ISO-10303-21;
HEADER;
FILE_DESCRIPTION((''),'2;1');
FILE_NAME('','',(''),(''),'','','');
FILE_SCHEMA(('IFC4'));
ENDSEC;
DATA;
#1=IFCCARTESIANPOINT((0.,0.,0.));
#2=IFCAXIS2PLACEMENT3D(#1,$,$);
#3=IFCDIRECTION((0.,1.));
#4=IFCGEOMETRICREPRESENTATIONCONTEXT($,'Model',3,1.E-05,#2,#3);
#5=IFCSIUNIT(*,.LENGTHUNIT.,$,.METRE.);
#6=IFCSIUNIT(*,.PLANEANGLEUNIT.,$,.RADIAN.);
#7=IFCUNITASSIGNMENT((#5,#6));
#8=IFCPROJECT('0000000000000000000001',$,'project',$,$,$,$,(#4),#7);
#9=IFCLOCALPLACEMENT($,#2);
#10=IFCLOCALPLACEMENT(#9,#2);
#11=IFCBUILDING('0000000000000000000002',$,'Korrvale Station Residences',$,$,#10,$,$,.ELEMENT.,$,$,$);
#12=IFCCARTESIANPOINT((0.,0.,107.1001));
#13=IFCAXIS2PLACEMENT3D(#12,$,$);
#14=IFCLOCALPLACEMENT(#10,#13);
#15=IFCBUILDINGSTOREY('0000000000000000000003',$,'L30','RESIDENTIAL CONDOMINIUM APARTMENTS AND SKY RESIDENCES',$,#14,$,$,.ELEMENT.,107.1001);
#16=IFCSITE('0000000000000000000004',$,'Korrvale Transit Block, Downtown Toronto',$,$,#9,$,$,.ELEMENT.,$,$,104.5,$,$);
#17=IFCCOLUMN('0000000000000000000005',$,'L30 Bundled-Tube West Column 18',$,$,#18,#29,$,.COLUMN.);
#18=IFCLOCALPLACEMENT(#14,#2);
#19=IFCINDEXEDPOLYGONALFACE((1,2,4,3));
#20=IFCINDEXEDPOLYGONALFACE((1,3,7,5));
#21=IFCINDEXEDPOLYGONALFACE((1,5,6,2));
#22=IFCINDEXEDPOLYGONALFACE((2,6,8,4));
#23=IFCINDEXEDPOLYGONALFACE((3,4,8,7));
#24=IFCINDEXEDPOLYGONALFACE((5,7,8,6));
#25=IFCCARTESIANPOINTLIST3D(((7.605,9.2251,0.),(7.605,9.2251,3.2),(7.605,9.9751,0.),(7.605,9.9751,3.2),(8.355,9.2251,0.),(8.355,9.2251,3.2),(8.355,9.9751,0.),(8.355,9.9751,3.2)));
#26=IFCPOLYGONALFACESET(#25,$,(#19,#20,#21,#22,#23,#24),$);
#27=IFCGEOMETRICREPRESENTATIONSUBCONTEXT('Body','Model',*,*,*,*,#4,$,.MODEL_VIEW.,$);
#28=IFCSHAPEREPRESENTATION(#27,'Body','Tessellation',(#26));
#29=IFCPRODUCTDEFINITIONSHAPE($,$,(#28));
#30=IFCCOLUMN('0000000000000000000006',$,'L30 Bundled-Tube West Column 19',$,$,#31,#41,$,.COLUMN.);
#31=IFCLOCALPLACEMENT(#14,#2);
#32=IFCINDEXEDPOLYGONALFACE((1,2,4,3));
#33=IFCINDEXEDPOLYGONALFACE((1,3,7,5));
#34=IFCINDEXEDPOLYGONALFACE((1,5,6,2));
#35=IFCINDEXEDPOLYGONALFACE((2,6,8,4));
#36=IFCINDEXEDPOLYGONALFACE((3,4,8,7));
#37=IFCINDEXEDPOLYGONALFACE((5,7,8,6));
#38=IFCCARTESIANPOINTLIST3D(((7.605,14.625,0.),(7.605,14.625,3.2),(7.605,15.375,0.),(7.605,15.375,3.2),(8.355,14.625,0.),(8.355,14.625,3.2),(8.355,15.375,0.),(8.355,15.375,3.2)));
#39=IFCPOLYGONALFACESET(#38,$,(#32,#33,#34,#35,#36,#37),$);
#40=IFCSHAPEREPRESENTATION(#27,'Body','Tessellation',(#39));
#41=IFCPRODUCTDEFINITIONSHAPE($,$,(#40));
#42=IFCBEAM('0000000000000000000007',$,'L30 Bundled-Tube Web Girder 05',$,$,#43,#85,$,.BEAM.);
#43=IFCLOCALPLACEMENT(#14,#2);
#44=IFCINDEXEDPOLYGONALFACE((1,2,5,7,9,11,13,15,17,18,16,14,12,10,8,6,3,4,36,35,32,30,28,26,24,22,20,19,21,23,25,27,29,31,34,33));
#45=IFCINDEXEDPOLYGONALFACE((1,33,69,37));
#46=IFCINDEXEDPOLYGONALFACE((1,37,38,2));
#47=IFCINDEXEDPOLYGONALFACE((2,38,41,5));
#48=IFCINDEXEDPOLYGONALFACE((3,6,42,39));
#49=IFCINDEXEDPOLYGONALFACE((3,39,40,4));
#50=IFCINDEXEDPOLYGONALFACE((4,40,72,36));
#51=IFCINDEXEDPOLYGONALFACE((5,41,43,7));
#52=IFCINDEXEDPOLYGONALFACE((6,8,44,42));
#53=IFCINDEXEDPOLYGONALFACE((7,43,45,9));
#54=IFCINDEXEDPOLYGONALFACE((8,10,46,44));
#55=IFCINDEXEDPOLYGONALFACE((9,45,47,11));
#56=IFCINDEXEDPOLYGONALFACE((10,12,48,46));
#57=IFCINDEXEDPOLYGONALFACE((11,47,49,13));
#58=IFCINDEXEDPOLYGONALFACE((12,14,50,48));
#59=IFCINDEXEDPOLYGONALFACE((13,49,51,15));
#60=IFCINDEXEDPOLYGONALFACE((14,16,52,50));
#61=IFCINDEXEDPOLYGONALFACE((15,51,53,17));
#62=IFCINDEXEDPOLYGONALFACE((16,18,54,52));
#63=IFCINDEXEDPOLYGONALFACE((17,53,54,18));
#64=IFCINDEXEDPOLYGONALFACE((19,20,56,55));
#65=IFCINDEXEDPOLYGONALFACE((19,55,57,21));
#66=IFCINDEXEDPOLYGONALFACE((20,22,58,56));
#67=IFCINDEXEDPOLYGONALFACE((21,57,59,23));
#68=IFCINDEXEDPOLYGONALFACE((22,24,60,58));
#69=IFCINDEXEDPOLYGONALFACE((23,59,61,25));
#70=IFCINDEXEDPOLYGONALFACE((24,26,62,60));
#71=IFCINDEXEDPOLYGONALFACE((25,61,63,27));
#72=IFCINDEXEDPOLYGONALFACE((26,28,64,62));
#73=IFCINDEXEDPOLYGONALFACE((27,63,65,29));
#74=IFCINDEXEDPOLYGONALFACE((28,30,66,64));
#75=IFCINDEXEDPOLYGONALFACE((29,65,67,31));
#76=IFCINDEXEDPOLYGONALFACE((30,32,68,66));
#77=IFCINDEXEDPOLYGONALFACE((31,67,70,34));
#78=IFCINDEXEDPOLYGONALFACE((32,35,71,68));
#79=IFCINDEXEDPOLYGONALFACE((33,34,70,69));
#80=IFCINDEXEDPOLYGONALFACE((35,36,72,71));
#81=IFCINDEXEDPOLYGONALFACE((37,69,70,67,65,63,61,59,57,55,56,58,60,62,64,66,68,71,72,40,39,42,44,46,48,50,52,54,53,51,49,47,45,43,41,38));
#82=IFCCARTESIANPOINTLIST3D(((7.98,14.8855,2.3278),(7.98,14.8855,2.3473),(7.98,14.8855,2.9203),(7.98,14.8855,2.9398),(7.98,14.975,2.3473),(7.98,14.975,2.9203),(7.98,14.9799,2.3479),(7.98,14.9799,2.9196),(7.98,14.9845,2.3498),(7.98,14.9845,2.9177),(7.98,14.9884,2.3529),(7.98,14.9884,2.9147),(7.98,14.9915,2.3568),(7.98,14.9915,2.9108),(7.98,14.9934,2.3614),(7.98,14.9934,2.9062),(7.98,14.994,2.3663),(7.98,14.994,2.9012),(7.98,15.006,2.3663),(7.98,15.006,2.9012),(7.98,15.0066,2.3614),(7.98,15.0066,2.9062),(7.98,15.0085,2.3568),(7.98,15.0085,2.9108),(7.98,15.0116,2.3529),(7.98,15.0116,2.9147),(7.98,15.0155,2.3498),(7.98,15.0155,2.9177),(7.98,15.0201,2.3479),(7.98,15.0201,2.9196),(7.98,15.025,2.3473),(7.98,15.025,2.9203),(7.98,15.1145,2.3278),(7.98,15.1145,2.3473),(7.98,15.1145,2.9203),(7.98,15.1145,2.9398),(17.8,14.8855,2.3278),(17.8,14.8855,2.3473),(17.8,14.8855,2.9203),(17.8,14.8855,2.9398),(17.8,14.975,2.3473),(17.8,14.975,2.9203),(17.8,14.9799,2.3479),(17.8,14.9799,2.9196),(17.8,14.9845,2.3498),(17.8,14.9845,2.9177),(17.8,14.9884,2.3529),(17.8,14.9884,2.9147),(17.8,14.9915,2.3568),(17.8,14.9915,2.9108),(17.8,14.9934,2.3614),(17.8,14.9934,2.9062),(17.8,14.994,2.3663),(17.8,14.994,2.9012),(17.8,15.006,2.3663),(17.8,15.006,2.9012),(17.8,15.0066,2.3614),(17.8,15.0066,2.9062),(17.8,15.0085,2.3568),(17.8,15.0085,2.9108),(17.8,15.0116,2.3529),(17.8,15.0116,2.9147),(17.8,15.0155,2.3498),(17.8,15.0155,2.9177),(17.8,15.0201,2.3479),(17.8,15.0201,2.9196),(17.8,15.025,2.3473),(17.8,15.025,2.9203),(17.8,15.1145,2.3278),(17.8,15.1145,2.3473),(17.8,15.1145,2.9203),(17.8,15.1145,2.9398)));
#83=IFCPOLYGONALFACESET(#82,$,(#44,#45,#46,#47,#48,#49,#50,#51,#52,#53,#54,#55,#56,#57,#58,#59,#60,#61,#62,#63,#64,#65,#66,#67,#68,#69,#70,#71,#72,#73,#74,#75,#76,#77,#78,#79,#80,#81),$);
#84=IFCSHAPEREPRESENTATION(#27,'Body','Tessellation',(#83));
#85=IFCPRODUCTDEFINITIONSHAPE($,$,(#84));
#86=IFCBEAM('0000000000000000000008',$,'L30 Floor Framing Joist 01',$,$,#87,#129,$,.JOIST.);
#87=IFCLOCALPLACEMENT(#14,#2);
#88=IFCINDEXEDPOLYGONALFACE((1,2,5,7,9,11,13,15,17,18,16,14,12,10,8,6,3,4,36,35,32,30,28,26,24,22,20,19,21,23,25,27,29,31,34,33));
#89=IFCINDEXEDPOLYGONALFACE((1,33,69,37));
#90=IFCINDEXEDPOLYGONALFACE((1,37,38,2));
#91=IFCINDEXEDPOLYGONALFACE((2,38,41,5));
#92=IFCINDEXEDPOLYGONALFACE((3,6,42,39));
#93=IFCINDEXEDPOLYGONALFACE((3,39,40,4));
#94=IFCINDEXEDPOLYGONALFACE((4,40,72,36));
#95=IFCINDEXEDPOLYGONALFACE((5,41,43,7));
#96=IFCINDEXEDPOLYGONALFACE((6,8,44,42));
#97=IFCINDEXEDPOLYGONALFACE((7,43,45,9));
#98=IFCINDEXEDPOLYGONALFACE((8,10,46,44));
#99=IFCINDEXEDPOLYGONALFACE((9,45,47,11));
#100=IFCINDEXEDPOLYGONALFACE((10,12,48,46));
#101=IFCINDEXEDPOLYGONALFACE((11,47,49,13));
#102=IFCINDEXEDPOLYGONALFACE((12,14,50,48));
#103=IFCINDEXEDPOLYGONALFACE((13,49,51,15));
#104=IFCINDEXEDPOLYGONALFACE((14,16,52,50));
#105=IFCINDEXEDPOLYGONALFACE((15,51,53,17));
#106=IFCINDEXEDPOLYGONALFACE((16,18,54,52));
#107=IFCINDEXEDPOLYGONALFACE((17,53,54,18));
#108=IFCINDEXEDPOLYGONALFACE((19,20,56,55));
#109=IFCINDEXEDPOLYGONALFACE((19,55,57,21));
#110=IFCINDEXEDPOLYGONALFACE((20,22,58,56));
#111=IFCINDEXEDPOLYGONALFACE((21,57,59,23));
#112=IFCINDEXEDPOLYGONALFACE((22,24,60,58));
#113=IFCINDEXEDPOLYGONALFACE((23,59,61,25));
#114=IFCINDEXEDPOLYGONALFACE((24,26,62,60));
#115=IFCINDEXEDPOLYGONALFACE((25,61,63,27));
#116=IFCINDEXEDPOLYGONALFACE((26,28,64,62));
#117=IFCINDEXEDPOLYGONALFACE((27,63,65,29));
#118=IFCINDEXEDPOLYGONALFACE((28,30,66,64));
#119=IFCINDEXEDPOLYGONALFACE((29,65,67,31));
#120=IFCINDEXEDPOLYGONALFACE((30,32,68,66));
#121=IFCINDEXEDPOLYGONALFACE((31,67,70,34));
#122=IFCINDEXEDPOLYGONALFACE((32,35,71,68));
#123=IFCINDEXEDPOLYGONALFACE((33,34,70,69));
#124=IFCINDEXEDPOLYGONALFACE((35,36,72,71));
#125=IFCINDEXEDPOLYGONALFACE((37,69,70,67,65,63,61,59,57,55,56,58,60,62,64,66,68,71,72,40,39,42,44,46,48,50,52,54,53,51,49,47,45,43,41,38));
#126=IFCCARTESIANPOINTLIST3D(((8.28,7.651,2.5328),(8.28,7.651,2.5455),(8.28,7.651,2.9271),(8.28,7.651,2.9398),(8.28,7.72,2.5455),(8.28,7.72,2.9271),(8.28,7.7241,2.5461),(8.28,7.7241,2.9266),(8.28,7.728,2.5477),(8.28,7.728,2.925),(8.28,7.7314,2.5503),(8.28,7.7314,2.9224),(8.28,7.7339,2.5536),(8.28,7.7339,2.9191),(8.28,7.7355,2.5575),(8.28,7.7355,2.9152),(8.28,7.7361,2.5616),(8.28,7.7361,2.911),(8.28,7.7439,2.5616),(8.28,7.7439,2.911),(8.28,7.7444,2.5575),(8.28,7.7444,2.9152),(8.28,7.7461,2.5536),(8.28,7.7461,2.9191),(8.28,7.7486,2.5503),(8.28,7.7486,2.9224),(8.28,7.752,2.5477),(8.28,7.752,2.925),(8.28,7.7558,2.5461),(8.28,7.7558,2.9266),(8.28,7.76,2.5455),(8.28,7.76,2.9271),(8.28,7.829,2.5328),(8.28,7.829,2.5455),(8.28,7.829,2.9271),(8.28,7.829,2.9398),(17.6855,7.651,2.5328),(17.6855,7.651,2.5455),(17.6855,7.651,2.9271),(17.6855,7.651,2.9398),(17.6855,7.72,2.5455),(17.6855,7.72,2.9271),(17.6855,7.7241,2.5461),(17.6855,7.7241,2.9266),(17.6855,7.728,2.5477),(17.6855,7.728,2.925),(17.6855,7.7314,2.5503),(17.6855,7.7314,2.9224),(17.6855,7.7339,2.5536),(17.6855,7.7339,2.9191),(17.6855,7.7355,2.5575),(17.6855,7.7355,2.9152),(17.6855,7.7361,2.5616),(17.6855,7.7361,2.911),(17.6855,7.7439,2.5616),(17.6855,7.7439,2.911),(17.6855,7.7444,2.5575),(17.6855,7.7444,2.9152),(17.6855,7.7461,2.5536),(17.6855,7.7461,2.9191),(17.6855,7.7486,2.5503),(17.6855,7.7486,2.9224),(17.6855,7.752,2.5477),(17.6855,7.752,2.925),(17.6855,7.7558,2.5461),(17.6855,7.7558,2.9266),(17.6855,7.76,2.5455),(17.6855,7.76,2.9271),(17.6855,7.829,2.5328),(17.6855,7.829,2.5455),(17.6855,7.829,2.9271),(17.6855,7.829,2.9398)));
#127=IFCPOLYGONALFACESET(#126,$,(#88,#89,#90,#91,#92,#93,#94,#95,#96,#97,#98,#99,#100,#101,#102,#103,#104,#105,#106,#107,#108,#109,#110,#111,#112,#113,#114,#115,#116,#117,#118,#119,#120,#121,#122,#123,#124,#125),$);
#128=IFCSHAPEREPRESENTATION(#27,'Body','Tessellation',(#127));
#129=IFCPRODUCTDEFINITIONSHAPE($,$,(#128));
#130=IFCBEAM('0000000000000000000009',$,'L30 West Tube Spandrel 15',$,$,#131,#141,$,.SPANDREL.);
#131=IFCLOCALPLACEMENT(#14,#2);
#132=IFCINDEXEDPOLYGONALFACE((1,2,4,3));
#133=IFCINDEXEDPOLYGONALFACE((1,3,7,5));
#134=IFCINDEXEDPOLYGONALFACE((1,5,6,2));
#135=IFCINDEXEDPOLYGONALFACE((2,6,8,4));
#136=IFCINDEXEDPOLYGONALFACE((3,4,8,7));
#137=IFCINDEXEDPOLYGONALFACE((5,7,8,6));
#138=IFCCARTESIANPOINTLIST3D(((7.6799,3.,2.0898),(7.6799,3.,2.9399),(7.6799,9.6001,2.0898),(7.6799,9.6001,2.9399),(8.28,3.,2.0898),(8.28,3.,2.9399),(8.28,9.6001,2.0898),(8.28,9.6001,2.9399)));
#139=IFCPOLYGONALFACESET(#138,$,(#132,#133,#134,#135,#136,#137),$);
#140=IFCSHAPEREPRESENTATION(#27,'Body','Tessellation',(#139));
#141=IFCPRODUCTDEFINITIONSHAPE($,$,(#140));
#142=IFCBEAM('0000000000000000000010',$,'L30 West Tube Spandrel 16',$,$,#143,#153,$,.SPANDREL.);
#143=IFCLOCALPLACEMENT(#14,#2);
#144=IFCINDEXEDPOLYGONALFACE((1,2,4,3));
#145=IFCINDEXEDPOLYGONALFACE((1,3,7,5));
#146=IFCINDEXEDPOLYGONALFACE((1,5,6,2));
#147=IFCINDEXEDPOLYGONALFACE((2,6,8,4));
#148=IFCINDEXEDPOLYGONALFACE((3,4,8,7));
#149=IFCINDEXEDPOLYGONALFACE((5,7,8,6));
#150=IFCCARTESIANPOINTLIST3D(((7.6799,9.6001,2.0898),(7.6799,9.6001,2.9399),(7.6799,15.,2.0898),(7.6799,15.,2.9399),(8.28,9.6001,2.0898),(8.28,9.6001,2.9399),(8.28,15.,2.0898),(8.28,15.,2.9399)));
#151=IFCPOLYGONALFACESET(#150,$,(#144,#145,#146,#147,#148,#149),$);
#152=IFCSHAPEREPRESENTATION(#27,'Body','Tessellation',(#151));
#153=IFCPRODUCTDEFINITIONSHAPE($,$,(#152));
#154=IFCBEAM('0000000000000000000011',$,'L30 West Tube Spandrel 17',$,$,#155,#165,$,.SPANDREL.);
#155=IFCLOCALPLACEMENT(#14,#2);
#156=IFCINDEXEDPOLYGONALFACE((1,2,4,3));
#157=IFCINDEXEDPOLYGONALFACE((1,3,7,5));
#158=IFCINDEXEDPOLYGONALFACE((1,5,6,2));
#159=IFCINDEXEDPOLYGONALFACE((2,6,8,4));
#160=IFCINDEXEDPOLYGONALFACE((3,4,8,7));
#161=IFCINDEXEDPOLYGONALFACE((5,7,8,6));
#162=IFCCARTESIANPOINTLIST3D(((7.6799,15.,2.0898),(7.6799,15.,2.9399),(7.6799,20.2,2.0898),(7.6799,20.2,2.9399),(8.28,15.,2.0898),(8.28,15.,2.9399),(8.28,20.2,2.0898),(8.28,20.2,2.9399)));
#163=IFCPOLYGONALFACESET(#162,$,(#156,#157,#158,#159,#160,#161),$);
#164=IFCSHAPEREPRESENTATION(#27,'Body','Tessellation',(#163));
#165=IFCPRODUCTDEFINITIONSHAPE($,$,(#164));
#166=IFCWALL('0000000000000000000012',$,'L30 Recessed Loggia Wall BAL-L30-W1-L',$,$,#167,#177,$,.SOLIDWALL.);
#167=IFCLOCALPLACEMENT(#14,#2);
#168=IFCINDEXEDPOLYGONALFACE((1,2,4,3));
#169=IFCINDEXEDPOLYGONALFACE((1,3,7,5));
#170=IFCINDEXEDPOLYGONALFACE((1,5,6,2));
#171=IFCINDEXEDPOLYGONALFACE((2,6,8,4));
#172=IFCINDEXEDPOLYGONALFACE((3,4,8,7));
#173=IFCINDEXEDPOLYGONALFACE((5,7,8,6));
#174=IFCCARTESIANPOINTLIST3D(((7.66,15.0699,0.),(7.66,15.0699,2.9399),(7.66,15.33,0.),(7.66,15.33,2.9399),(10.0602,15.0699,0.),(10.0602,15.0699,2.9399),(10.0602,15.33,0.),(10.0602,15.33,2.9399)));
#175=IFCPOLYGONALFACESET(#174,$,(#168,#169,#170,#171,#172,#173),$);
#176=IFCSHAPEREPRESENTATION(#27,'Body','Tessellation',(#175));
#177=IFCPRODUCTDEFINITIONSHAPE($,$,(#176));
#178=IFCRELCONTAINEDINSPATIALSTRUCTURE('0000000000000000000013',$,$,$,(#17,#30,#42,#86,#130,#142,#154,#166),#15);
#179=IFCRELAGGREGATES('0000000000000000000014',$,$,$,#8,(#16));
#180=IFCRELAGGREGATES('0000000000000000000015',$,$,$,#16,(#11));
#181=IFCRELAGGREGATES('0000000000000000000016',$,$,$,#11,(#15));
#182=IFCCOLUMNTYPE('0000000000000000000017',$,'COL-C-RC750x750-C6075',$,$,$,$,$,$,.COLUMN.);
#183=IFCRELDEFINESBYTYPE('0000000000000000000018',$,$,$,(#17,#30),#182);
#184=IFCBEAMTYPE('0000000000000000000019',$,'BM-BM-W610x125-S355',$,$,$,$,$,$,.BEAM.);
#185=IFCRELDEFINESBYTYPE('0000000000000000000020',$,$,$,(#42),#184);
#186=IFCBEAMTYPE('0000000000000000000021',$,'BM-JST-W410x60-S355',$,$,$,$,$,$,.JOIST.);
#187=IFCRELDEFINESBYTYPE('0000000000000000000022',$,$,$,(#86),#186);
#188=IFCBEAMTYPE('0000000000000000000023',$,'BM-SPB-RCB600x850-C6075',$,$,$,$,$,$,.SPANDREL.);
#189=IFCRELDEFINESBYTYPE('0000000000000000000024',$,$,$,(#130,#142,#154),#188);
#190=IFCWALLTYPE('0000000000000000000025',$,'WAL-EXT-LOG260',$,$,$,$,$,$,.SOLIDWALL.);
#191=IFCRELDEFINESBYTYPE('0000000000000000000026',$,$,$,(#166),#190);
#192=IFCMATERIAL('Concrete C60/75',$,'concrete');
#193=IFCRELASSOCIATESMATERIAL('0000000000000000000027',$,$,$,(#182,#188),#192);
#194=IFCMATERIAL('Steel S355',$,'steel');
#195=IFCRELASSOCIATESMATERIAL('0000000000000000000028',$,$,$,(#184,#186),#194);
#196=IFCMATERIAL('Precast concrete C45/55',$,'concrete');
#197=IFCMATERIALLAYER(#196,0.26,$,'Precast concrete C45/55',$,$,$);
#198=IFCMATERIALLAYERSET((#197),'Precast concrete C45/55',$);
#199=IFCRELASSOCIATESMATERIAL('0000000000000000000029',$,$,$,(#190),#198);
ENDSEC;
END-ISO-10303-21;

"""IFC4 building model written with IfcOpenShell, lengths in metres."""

from ifc_helpers import new_model, si_unit, direction, frame, frame_2d, origin, origin_2d, place, context, subcontext, project, spatial, rectangle, i_section, extrude, material, layer, layer_set, material_profile, profile_set, type_object, element, save


model = new_model("IFC4")

# Units and contexts
model_context = context("Model", 3, precision=1e-05, world=origin(), true_north=direction((0.0, 1.0)))
body_context = subcontext(model_context, "Body", "Model", "MODEL_VIEW")
ifc_project = project(units=[si_unit("LENGTHUNIT", "METRE"), si_unit("PLANEANGLEUNIT", "RADIAN")], contexts=[model_context])

# Site, building, storey
site_placement = place(None, origin())
site = spatial("IfcSite", under=ifc_project, at=site_placement, Name="Korrvale Transit Block, Downtown Toronto", CompositionType="ELEMENT", RefElevation=104.5)
building_placement = place(site_placement, origin())
building = spatial("IfcBuilding", under=site, at=building_placement, Name="Korrvale Station Residences", CompositionType="ELEMENT")
storey_placement = place(building_placement, frame((0.0, 0.0, 107.1001)))
storey = spatial("IfcBuildingStorey", under=building, at=storey_placement, Name="L30", Description="RESIDENTIAL CONDOMINIUM APARTMENTS AND SKY RESIDENCES", CompositionType="ELEMENT", Elevation=107.1001)

# Columns
ifc_material_1 = material(Name="Concrete C60/75", Category="concrete")
ifc_material_profile_1 = material_profile(ifc_material_1, rectangle(XDim=0.75, YDim=0.75, at=origin_2d()), Name="RC750x750")
ifc_profile_set_1 = profile_set([ifc_material_profile_1], Name="Concrete C60/75")
column_type = type_object("IfcColumnType", Name="COL-C-RC750x750-C6075", PredefinedType="COLUMN", material=ifc_profile_set_1)
for number, where, z_axis, x_axis, name in (
    (1, (7.98, 9.6001, 0.0), (0.0, 0.0, 1.0), (1.0, 0.0, 0.0), "L30 Bundled-Tube West Column 18"),
    (2, (7.98, 15.0, 0.0), (0.0, 0.0, 1.0), (1.0, 0.0, 0.0), "L30 Bundled-Tube West Column 19"),
):
    element("IfcColumn", number, at=place(storey_placement, frame(where, z_axis=z_axis, x_axis=x_axis)), inside=storey, type_object=column_type, Name=name, PredefinedType="COLUMN", context=body_context, shape_type="SweptSolid", body=[
        extrude(rectangle(XDim=0.75, YDim=0.75, at=origin_2d()), origin(), (0.0, 0.0, 1.0), 3.2),
    ])

# Beams
ifc_material_2 = material(Name="Steel S355", Category="steel")
ifc_material_profile_2 = material_profile(ifc_material_2, i_section(OverallWidth=0.229, OverallDepth=0.6121, WebThickness=0.012, FlangeThickness=0.0195, FilletRadius=0.019, at=origin_2d()), Name="W610x125")
ifc_profile_set_2 = profile_set([ifc_material_profile_2], Name="Steel S355")
beam_type_1 = type_object("IfcBeamType", Name="BM-BM-W610x125-S355", PredefinedType="BEAM", material=ifc_profile_set_2)
beam_1_placement = place(storey_placement, frame((7.98, 15.0, 2.6338), z_axis=(1.0, 0.0, 0.0), x_axis=(0.0, 1.0, 0.0)))
element("IfcBeam", 3, at=beam_1_placement, inside=storey, type_object=beam_type_1, Name="L30 Bundled-Tube Web Girder 05", PredefinedType="BEAM", context=body_context, shape_type="SweptSolid", body=[
    extrude(i_section(OverallWidth=0.229, OverallDepth=0.6121, WebThickness=0.012, FlangeThickness=0.0195, FilletRadius=0.019, at=origin_2d()), origin(), (0.0, 0.0, 1.0), 9.8201),
])
ifc_material_profile_3 = material_profile(ifc_material_2, i_section(OverallWidth=0.178, OverallDepth=0.407, WebThickness=0.0078, FlangeThickness=0.0127, FilletRadius=0.0161, at=origin_2d()), Name="W410x60")
ifc_profile_set_3 = profile_set([ifc_material_profile_3], Name="Steel S355")
beam_type_2 = type_object("IfcBeamType", Name="BM-JST-W410x60-S355", PredefinedType="JOIST", material=ifc_profile_set_3)
beam_2_placement = place(storey_placement, frame((8.28, 7.74, 2.7363), z_axis=(1.0, 0.0, 0.0), x_axis=(0.0, 1.0, 0.0)))
element("IfcBeam", 4, at=beam_2_placement, inside=storey, type_object=beam_type_2, Name="L30 Floor Framing Joist 01", PredefinedType="JOIST", context=body_context, shape_type="SweptSolid", body=[
    extrude(i_section(OverallWidth=0.178, OverallDepth=0.407, WebThickness=0.0078, FlangeThickness=0.0127, FilletRadius=0.0161, at=origin_2d()), origin(), (0.0, 0.0, 1.0), 9.4055),
])
ifc_material_profile_4 = material_profile(ifc_material_1, rectangle(XDim=0.6001, YDim=0.8501, at=origin_2d()), Name="RCB600x850")
ifc_profile_set_4 = profile_set([ifc_material_profile_4], Name="Concrete C60/75")
beam_type_3 = type_object("IfcBeamType", Name="BM-SPB-RCB600x850-C6075", PredefinedType="SPANDREL", material=ifc_profile_set_4)
beam_3_placement = place(storey_placement, frame((7.98, 3.0, 2.5149), z_axis=(0.0, 1.0, 0.0), x_axis=(-1.0, 0.0, 0.0)))
element("IfcBeam", 5, at=beam_3_placement, inside=storey, type_object=beam_type_3, Name="L30 West Tube Spandrel 15", PredefinedType="SPANDREL", context=body_context, shape_type="SweptSolid", body=[
    extrude(rectangle(XDim=0.6001, YDim=0.8501, at=origin_2d()), origin(), (0.0, 0.0, 1.0), 6.6001),
])
beam_4_placement = place(storey_placement, frame((7.98, 9.6001, 2.5149), z_axis=(0.0, 1.0, 0.0), x_axis=(-1.0, 0.0, 0.0)))
element("IfcBeam", 6, at=beam_4_placement, inside=storey, type_object=beam_type_3, Name="L30 West Tube Spandrel 16", PredefinedType="SPANDREL", context=body_context, shape_type="SweptSolid", body=[
    extrude(rectangle(XDim=0.6001, YDim=0.8501, at=origin_2d()), origin(), (0.0, 0.0, 1.0), 5.3999),
])
beam_5_placement = place(storey_placement, frame((7.98, 15.0, 2.5149), z_axis=(0.0, 1.0, 0.0), x_axis=(-1.0, 0.0, 0.0)))
element("IfcBeam", 7, at=beam_5_placement, inside=storey, type_object=beam_type_3, Name="L30 West Tube Spandrel 17", PredefinedType="SPANDREL", context=body_context, shape_type="SweptSolid", body=[
    extrude(rectangle(XDim=0.6001, YDim=0.8501, at=origin_2d()), origin(), (0.0, 0.0, 1.0), 5.2),
])

# Wall
ifc_material_3 = material(Name="Precast concrete C45/55", Category="concrete")
ifc_layer_1 = layer(ifc_material_3, 0.26, Name="Precast concrete C45/55")
ifc_layer_set_1 = layer_set([ifc_layer_1], Name="Precast concrete C45/55")
wall_type_1 = type_object("IfcWallType", Name="WAL-EXT-LOG260", PredefinedType="SOLIDWALL", material=ifc_layer_set_1)
wall_1_placement = place(storey_placement, frame((7.6599, 15.2, 0.0), z_axis=(0.0, 0.0, 1.0), x_axis=(1.0, 0.0, 0.0)))
element("IfcWall", 8, at=wall_1_placement, inside=storey, type_object=wall_type_1, Name="L30 Recessed Loggia Wall BAL-L30-W1-L", PredefinedType="SOLIDWALL", context=body_context, shape_type="SweptSolid", body=[
    extrude(rectangle(XDim=2.4001, YDim=0.26, at=frame_2d((1.2002, 0.0))), origin(), (0.0, 0.0, 1.0), 2.9399),
])

save(model, "model.ifc")
